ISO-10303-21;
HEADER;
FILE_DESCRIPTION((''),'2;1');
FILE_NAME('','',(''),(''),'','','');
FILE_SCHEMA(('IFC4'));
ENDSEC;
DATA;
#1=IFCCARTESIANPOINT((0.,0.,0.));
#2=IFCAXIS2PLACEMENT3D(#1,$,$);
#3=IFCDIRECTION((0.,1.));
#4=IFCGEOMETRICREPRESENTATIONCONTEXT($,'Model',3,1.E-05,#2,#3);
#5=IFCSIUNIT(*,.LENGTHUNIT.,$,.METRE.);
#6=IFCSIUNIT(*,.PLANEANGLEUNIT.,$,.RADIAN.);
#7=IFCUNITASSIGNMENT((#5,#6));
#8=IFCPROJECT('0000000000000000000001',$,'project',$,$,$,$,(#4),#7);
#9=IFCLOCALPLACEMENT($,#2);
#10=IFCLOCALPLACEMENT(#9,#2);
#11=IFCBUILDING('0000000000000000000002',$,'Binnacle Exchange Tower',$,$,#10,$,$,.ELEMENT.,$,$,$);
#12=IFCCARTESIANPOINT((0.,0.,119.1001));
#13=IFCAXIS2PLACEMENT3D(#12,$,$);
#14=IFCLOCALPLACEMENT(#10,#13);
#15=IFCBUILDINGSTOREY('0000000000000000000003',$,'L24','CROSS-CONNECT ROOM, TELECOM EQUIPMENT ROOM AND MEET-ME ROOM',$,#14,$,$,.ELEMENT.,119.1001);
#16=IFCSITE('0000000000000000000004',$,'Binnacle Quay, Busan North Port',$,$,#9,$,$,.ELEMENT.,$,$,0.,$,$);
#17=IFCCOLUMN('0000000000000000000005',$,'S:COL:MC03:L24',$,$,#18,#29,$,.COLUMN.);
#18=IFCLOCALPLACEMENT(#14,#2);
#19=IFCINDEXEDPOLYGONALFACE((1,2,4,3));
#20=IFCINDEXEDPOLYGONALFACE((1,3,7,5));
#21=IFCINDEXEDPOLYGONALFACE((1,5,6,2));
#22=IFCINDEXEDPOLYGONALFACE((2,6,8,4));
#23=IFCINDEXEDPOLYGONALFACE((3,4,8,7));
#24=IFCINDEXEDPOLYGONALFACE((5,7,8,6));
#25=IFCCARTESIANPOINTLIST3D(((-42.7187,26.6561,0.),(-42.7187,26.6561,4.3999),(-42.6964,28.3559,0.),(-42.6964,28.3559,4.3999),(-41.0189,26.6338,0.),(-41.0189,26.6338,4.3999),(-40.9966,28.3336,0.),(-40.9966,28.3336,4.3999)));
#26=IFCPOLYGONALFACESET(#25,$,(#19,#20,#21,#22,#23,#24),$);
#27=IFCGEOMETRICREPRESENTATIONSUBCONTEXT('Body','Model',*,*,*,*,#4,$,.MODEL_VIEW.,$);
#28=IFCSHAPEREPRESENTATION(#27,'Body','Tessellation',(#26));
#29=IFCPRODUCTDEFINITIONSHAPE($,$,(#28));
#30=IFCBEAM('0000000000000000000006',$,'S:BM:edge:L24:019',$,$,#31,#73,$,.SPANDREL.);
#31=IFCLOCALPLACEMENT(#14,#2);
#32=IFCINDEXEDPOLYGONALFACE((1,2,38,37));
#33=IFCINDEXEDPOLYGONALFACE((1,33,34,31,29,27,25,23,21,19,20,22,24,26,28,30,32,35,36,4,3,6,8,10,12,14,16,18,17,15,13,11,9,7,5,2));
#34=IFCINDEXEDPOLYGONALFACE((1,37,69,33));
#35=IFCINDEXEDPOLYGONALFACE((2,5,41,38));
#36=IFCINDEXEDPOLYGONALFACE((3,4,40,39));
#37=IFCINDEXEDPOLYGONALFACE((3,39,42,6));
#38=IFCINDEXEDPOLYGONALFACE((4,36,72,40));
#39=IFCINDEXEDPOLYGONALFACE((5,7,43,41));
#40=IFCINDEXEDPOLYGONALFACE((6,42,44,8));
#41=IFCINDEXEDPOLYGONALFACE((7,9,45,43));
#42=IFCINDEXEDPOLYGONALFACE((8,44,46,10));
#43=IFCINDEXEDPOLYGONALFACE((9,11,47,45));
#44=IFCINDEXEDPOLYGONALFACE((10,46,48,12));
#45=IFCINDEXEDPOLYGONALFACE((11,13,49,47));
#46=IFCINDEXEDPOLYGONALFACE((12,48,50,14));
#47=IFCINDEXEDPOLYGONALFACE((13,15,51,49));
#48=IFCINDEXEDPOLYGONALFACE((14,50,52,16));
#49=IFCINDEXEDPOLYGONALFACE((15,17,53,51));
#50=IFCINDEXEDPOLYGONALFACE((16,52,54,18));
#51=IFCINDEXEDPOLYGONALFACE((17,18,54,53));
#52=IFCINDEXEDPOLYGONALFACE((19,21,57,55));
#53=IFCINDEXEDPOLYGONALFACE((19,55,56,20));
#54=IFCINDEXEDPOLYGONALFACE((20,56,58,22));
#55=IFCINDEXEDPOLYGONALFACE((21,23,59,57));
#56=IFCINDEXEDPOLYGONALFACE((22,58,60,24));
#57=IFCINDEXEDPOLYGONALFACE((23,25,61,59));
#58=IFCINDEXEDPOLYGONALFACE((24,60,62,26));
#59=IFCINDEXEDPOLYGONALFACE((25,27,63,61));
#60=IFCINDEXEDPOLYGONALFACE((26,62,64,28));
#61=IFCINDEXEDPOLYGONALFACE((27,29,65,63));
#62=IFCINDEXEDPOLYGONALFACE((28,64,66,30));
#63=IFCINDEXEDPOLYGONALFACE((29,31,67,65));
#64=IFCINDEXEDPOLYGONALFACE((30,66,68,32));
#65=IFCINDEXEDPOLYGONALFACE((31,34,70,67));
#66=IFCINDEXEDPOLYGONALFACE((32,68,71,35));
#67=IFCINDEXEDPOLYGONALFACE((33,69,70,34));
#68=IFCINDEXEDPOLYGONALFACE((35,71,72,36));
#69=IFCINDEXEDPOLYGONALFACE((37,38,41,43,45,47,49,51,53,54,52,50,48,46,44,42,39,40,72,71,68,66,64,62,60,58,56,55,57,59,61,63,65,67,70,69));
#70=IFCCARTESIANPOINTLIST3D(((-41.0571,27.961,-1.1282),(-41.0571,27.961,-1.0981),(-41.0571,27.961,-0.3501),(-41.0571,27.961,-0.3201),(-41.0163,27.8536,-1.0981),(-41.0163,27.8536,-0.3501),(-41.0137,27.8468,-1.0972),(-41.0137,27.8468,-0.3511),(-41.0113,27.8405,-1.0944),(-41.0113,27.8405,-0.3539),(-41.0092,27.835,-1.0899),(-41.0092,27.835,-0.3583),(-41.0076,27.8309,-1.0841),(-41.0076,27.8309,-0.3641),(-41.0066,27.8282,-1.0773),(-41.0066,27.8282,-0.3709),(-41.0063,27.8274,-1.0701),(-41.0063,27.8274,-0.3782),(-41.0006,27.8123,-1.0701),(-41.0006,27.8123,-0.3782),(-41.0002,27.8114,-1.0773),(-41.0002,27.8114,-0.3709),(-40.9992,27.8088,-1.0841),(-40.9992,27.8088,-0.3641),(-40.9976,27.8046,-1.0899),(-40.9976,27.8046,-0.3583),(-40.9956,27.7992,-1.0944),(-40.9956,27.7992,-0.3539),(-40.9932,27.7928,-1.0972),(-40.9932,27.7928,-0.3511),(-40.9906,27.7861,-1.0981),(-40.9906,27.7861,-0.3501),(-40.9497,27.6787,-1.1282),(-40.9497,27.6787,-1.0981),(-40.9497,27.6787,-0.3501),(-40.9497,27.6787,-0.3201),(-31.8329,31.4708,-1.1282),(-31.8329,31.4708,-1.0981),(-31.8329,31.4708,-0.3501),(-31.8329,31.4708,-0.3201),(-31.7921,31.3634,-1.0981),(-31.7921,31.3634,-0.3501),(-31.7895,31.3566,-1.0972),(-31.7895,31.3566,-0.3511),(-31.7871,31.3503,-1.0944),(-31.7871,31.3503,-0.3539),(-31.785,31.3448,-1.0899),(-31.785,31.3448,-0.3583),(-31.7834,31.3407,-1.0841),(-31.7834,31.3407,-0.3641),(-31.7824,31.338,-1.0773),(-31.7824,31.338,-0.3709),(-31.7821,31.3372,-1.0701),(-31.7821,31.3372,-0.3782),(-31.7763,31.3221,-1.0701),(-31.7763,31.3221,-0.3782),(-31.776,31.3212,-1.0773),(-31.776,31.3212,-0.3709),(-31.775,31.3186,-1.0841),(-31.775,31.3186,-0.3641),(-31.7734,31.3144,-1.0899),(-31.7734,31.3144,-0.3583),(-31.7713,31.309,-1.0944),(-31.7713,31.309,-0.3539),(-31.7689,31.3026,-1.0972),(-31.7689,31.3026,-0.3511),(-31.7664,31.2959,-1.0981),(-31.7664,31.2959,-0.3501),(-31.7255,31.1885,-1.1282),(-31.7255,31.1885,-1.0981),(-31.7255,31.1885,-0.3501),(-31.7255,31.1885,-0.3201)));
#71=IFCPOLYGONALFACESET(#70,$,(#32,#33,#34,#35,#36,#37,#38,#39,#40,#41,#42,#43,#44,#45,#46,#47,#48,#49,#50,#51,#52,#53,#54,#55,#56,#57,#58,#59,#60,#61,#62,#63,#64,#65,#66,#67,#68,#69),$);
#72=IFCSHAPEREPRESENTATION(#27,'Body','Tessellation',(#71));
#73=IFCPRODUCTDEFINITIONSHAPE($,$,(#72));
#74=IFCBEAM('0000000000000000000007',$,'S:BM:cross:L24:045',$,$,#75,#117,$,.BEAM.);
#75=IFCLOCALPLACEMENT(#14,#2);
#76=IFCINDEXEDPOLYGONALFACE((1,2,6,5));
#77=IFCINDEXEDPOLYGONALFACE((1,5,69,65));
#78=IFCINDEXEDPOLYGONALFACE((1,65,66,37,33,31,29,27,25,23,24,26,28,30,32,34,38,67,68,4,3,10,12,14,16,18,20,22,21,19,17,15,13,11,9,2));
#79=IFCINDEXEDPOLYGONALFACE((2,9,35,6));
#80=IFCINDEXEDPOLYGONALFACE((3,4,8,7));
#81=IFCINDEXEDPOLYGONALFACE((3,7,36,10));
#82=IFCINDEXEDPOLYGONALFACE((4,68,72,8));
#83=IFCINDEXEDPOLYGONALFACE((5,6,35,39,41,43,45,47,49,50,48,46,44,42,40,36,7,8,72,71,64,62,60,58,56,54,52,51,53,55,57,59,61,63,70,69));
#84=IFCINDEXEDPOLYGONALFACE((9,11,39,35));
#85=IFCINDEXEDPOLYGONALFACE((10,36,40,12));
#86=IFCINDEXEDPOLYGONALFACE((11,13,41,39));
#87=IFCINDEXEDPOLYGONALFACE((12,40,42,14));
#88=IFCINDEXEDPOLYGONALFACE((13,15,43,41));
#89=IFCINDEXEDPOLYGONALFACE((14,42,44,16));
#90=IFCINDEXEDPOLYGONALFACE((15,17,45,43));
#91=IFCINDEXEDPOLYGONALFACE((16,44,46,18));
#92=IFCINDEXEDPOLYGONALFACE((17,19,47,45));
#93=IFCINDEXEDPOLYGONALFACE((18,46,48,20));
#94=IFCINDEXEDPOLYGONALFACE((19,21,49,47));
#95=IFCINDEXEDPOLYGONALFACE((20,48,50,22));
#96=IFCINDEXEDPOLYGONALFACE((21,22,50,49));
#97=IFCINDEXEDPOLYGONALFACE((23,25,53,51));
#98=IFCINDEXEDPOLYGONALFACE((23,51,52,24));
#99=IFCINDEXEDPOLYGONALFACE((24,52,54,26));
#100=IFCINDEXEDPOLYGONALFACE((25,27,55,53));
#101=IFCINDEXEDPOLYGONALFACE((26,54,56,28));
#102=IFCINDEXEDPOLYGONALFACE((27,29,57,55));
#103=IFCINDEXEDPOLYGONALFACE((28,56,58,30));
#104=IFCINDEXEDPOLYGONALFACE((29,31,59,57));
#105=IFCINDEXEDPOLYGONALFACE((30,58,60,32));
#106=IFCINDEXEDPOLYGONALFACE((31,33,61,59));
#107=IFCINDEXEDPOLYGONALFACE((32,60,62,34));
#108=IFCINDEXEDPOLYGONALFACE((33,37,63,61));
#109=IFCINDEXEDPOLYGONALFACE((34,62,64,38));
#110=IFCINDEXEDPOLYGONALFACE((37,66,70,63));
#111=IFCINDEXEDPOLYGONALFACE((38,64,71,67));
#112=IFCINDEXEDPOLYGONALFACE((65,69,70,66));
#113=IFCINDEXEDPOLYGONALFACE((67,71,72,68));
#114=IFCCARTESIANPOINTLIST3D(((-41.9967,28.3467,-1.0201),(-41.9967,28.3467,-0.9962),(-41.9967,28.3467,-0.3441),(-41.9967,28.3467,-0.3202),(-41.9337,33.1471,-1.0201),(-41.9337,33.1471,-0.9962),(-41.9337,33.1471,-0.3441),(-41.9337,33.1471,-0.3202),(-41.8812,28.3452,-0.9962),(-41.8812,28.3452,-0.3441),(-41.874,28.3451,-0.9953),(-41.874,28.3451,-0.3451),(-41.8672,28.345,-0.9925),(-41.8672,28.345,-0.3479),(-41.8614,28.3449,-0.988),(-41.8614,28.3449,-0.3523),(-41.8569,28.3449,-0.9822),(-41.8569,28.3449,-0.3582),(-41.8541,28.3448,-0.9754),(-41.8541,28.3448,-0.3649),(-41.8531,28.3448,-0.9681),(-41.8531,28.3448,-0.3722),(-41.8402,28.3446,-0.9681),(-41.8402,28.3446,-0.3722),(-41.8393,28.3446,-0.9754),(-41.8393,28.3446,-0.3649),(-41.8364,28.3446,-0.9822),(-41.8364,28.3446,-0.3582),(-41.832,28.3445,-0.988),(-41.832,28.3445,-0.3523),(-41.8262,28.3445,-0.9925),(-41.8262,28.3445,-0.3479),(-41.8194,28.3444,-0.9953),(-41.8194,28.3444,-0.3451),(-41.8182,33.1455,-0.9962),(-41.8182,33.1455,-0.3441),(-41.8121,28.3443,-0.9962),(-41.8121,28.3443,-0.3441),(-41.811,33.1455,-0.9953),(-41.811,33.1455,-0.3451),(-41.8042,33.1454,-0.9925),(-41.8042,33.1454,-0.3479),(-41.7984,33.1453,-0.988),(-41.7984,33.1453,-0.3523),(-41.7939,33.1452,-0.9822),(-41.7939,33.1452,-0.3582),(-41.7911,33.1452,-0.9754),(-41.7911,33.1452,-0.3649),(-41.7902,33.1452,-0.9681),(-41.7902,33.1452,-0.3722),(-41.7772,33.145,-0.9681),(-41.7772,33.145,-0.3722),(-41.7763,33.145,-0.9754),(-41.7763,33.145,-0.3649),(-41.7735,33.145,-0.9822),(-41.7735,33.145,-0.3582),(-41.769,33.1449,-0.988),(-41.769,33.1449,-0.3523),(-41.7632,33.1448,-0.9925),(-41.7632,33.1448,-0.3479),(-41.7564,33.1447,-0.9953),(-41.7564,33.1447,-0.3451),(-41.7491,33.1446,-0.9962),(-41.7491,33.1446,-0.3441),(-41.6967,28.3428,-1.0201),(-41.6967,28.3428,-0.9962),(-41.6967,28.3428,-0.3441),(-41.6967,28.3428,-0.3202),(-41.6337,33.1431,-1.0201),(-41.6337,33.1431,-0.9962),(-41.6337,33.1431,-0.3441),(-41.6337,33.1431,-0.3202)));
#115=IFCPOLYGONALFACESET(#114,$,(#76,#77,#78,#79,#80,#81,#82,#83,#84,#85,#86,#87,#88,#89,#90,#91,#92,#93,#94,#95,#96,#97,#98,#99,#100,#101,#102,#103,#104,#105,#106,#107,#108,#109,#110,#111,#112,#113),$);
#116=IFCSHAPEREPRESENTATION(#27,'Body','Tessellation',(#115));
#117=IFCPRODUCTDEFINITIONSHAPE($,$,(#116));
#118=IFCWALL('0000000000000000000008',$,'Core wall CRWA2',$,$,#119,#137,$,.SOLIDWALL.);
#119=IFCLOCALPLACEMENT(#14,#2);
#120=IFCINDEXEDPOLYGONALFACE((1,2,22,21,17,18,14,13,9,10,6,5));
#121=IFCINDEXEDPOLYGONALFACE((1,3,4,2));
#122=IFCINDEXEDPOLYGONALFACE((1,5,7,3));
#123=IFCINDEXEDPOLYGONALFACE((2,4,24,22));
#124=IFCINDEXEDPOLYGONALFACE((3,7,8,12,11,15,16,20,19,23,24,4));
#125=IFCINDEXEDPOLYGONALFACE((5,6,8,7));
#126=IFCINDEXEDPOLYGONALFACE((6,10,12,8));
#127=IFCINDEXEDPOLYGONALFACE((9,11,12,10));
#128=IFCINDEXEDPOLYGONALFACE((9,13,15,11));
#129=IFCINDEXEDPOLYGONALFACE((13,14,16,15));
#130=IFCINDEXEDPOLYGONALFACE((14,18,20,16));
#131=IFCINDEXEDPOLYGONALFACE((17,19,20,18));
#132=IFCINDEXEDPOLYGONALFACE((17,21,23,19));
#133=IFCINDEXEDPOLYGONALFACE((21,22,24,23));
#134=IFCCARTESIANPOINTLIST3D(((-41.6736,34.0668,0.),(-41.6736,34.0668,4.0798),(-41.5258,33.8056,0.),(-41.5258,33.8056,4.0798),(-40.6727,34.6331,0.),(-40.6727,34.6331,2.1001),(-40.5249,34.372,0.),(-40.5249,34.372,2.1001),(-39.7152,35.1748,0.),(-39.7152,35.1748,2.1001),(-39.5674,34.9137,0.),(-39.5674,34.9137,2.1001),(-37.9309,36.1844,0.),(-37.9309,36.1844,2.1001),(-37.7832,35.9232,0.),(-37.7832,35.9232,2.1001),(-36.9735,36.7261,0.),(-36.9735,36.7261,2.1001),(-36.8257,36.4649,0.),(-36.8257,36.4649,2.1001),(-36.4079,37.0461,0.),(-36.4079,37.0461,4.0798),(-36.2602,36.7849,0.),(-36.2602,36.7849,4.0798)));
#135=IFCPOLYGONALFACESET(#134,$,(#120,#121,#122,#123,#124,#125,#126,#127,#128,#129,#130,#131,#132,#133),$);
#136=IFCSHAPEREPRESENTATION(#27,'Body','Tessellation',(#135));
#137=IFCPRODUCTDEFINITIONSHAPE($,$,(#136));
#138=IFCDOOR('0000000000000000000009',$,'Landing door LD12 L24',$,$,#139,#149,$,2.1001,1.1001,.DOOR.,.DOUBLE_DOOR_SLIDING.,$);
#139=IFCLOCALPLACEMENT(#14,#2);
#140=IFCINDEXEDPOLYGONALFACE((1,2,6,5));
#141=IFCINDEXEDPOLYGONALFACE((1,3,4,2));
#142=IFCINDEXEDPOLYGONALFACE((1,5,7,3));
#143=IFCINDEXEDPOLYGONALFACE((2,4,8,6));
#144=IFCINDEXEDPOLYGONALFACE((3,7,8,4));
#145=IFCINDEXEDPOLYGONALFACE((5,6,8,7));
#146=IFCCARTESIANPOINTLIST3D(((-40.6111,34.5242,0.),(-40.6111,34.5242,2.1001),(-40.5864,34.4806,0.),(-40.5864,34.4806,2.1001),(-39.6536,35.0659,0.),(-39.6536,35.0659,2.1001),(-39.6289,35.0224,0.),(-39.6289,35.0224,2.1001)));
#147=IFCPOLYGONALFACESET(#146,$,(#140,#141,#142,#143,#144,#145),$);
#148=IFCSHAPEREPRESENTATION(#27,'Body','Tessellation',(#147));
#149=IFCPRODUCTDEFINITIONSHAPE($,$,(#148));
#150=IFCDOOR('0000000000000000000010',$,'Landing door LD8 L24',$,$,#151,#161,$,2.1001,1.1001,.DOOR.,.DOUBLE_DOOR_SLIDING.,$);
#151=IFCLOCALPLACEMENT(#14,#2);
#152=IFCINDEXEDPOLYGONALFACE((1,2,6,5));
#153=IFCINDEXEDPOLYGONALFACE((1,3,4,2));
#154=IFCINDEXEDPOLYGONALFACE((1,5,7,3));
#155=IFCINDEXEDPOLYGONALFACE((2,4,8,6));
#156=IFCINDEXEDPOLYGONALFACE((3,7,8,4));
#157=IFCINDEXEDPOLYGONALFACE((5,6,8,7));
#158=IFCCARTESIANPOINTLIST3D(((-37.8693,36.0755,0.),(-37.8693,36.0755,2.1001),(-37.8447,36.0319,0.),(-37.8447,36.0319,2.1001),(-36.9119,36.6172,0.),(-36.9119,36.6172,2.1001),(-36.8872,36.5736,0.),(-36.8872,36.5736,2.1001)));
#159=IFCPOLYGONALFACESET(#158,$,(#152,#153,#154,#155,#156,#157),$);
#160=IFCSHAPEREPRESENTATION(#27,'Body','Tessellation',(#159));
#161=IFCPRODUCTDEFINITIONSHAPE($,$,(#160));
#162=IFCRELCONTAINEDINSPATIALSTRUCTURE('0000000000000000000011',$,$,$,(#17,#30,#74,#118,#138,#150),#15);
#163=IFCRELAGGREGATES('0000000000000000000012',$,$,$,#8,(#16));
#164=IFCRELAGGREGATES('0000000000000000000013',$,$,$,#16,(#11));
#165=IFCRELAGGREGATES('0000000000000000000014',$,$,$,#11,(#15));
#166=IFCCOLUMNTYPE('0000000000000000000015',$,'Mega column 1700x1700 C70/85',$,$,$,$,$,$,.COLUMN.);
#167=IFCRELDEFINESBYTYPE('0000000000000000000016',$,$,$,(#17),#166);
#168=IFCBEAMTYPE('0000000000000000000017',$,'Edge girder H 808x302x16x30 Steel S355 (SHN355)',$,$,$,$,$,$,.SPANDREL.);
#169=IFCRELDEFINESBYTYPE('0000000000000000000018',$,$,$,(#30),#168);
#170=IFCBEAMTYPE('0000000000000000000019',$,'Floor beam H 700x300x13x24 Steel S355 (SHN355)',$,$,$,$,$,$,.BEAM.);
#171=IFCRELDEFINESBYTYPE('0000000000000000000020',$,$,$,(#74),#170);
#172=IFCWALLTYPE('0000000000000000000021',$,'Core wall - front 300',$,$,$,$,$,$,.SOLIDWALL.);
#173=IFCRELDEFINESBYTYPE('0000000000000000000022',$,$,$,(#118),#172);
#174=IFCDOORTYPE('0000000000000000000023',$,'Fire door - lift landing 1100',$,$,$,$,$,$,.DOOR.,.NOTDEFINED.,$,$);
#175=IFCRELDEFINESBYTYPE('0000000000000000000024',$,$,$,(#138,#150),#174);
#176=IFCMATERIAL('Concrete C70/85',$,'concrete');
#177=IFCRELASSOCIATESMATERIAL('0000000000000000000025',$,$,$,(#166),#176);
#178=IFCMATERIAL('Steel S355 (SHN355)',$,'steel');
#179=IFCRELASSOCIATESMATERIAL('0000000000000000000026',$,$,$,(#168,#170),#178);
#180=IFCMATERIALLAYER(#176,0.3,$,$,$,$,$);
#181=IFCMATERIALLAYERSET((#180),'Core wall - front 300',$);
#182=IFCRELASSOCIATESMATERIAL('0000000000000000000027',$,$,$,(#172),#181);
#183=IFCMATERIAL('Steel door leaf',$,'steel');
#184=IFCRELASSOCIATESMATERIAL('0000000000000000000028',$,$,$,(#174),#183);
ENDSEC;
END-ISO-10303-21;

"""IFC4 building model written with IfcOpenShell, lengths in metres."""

from ifc_helpers import new_model, si_unit, direction, frame, frame_2d, origin, origin_2d, place, context, subcontext, project, spatial, rectangle, i_section, extrude, material, layer, layer_set, material_profile, profile_set, type_object, element, fill, save


model = new_model("IFC4")

# Units and contexts
model_context = context("Model", 3, precision=1e-05, world=origin(), true_north=direction((0.0, 1.0)))
body_context = subcontext(model_context, "Body", "Model", "MODEL_VIEW")
ifc_project = project(units=[si_unit("LENGTHUNIT", "METRE"), si_unit("PLANEANGLEUNIT", "RADIAN")], contexts=[model_context])

# Site, building, storey
site_placement = place(None, origin())
site = spatial("IfcSite", under=ifc_project, at=site_placement, Name="Binnacle Quay, Busan North Port", CompositionType="ELEMENT", RefElevation=0.0)
building_placement = place(site_placement, origin())
building = spatial("IfcBuilding", under=site, at=building_placement, Name="Binnacle Exchange Tower", CompositionType="ELEMENT")
storey_placement = place(building_placement, frame((0.0, 0.0, 119.1001)))
storey = spatial("IfcBuildingStorey", under=building, at=storey_placement, Name="L24", Description="CROSS-CONNECT ROOM, TELECOM EQUIPMENT ROOM AND MEET-ME ROOM", CompositionType="ELEMENT", Elevation=119.1001)

# Column
ifc_material_1 = material(Name="Concrete C70/85", Category="concrete")
ifc_material_profile_1 = material_profile(ifc_material_1, rectangle(XDim=1.7, YDim=1.7, at=origin_2d()), Name="Mega column 1700x1700 C70/85")
ifc_profile_set_1 = profile_set([ifc_material_profile_1], Name="Concrete C70/85")
column_type = type_object("IfcColumnType", Name="Mega column 1700x1700 C70/85", PredefinedType="COLUMN", material=ifc_profile_set_1)
column_placement = place(storey_placement, frame((-41.8577, 27.4949, 0.0), z_axis=(0.0, 0.0, 1.0), x_axis=(0.999914, -0.01309, 0.0)))
element("IfcColumn", 1, at=column_placement, inside=storey, type_object=column_type, Name="S:COL:MC03:L24", PredefinedType="COLUMN", context=body_context, shape_type="SweptSolid", body=[
    extrude(rectangle(XDim=1.7, YDim=1.7, at=origin_2d()), origin(), (0.0, 0.0, 1.0), 4.3999),
])

# Beams
ifc_material_2 = material(Name="Steel S355 (SHN355)", Category="steel")
ifc_material_profile_2 = material_profile(ifc_material_2, i_section(OverallWidth=0.302, OverallDepth=0.8081, WebThickness=0.0161, FlangeThickness=0.03, FilletRadius=0.0281, at=origin_2d()), Name="H 808x302x16x30")
ifc_profile_set_2 = profile_set([ifc_material_profile_2], Name="Steel S355 (SHN355)")
beam_type_1 = type_object("IfcBeamType", Name="Edge girder H 808x302x16x30 Steel S355 (SHN355)", PredefinedType="SPANDREL", material=ifc_profile_set_2)
beam_1_placement = place(storey_placement, frame((-41.0034, 27.8198, -0.7241), z_axis=(0.934629, 0.355625, 0.0), x_axis=(-0.355625, 0.934629, 0.0)))
element("IfcBeam", 2, at=beam_1_placement, inside=storey, type_object=beam_type_1, Name="S:BM:edge:L24:019", PredefinedType="SPANDREL", context=body_context, shape_type="SweptSolid", body=[
    extrude(i_section(OverallWidth=0.302, OverallDepth=0.8081, WebThickness=0.0161, FlangeThickness=0.03, FilletRadius=0.0281, at=origin_2d()), origin(), (0.0, 0.0, 1.0), 9.8694),
])
ifc_material_profile_3 = material_profile(ifc_material_2, i_section(OverallWidth=0.3, OverallDepth=0.7, WebThickness=0.0129, FlangeThickness=0.0239, FilletRadius=0.0281, at=origin_2d()), Name="H 700x300x13x24")
ifc_profile_set_3 = profile_set([ifc_material_profile_3], Name="Steel S355 (SHN355)")
beam_type_2 = type_object("IfcBeamType", Name="Floor beam H 700x300x13x24 Steel S355 (SHN355)", PredefinedType="BEAM", material=ifc_profile_set_3)
beam_2_placement = place(storey_placement, frame((-41.8467, 28.3447, -0.6702), z_axis=(0.013121, 0.999914, 0.0), x_axis=(-0.999914, 0.013121, 0.0)))
element("IfcBeam", 3, at=beam_2_placement, inside=storey, type_object=beam_type_2, Name="S:BM:cross:L24:045", PredefinedType="BEAM", context=body_context, shape_type="SweptSolid", body=[
    extrude(i_section(OverallWidth=0.3, OverallDepth=0.7, WebThickness=0.0129, FlangeThickness=0.0239, FilletRadius=0.0281, at=origin_2d()), origin(), (0.0, 0.0, 1.0), 4.8008),
])

# Wall, openings, doors
ifc_layer_1 = layer(ifc_material_1, 0.3)
ifc_layer_set_1 = layer_set([ifc_layer_1], Name="Core wall - front 300")
wall_type_1 = type_object("IfcWallType", Name="Core wall - front 300", PredefinedType="SOLIDWALL", material=ifc_layer_set_1)
wall_1_placement = place(storey_placement, frame((-41.5996, 33.9363, 0.0), z_axis=(0.0, 0.0, 1.0), x_axis=(0.870349, 0.492436, 0.0)))
wall_1 = element("IfcWall", 4, at=wall_1_placement, inside=storey, type_object=wall_type_1, Name="Core wall CRWA2", PredefinedType="SOLIDWALL", context=body_context, shape_type="SweptSolid", body=[
    extrude(rectangle(XDim=6.05, YDim=0.3, at=frame_2d((3.0249, 0.0))), origin(), (0.0, 0.0, 1.0), 4.0798),
])
opening_1_placement = place(wall_1_placement, frame((1.1499, 0.0, 0.0)))
opening_1 = element("IfcOpeningElement", 5, at=opening_1_placement, cuts=wall_1, PredefinedType="OPENING", context=body_context, shape_type="SweptSolid", body=[
    extrude(rectangle(XDim=1.1001, YDim=2.1001, at=frame_2d((0.55, 1.05))), frame((0.0, 0.1599, 0.0), z_axis=(0.0, -1.0, 0.0), x_axis=(1.0, 0.0, 0.0)), (0.0, 0.0, 1.0), 0.3201),
])
opening_2_placement = place(wall_1_placement, frame((4.3, 0.0, 0.0)))
opening_2 = element("IfcOpeningElement", 6, at=opening_2_placement, cuts=wall_1, PredefinedType="OPENING", context=body_context, shape_type="SweptSolid", body=[
    extrude(rectangle(XDim=1.1001, YDim=2.1001, at=frame_2d((0.55, 1.05))), frame((0.0, 0.1599, 0.0), z_axis=(0.0, -1.0, 0.0), x_axis=(1.0, 0.0, 0.0)), (0.0, 0.0, 1.0), 0.3201),
])
ifc_material_3 = material(Name="Steel door leaf", Category="steel")
door_type_1 = type_object("IfcDoorType", Name="Fire door - lift landing 1100", OperationType="NOTDEFINED", PredefinedType="DOOR", material=ifc_material_3)
door_1_placement = place(opening_1_placement, origin())
door_1 = element("IfcDoor", 7, at=door_1_placement, inside=storey, type_object=door_type_1, Name="Landing door LD12 L24", OperationType="DOUBLE_DOOR_SLIDING", OverallHeight=2.1001, OverallWidth=1.1001, PredefinedType="DOOR", context=body_context, shape_type="SweptSolid", body=[
    extrude(rectangle(XDim=1.1001, YDim=2.1001, at=frame_2d((0.55, 1.05))), frame((0.0, 0.0249, 0.0), z_axis=(0.0, -1.0, 0.0), x_axis=(1.0, 0.0, 0.0)), (0.0, 0.0, 1.0), 0.05),
])
fill(opening_1, door_1)
door_2_placement = place(opening_2_placement, origin())
door_2 = element("IfcDoor", 8, at=door_2_placement, inside=storey, type_object=door_type_1, Name="Landing door LD8 L24", OperationType="DOUBLE_DOOR_SLIDING", OverallHeight=2.1001, OverallWidth=1.1001, PredefinedType="DOOR", context=body_context, shape_type="SweptSolid", body=[
    extrude(rectangle(XDim=1.1001, YDim=2.1001, at=frame_2d((0.55, 1.05))), frame((0.0, 0.0249, 0.0), z_axis=(0.0, -1.0, 0.0), x_axis=(1.0, 0.0, 0.0)), (0.0, 0.0, 1.0), 0.05),
])
fill(opening_2, door_2)

save(model, "model.ifc")
